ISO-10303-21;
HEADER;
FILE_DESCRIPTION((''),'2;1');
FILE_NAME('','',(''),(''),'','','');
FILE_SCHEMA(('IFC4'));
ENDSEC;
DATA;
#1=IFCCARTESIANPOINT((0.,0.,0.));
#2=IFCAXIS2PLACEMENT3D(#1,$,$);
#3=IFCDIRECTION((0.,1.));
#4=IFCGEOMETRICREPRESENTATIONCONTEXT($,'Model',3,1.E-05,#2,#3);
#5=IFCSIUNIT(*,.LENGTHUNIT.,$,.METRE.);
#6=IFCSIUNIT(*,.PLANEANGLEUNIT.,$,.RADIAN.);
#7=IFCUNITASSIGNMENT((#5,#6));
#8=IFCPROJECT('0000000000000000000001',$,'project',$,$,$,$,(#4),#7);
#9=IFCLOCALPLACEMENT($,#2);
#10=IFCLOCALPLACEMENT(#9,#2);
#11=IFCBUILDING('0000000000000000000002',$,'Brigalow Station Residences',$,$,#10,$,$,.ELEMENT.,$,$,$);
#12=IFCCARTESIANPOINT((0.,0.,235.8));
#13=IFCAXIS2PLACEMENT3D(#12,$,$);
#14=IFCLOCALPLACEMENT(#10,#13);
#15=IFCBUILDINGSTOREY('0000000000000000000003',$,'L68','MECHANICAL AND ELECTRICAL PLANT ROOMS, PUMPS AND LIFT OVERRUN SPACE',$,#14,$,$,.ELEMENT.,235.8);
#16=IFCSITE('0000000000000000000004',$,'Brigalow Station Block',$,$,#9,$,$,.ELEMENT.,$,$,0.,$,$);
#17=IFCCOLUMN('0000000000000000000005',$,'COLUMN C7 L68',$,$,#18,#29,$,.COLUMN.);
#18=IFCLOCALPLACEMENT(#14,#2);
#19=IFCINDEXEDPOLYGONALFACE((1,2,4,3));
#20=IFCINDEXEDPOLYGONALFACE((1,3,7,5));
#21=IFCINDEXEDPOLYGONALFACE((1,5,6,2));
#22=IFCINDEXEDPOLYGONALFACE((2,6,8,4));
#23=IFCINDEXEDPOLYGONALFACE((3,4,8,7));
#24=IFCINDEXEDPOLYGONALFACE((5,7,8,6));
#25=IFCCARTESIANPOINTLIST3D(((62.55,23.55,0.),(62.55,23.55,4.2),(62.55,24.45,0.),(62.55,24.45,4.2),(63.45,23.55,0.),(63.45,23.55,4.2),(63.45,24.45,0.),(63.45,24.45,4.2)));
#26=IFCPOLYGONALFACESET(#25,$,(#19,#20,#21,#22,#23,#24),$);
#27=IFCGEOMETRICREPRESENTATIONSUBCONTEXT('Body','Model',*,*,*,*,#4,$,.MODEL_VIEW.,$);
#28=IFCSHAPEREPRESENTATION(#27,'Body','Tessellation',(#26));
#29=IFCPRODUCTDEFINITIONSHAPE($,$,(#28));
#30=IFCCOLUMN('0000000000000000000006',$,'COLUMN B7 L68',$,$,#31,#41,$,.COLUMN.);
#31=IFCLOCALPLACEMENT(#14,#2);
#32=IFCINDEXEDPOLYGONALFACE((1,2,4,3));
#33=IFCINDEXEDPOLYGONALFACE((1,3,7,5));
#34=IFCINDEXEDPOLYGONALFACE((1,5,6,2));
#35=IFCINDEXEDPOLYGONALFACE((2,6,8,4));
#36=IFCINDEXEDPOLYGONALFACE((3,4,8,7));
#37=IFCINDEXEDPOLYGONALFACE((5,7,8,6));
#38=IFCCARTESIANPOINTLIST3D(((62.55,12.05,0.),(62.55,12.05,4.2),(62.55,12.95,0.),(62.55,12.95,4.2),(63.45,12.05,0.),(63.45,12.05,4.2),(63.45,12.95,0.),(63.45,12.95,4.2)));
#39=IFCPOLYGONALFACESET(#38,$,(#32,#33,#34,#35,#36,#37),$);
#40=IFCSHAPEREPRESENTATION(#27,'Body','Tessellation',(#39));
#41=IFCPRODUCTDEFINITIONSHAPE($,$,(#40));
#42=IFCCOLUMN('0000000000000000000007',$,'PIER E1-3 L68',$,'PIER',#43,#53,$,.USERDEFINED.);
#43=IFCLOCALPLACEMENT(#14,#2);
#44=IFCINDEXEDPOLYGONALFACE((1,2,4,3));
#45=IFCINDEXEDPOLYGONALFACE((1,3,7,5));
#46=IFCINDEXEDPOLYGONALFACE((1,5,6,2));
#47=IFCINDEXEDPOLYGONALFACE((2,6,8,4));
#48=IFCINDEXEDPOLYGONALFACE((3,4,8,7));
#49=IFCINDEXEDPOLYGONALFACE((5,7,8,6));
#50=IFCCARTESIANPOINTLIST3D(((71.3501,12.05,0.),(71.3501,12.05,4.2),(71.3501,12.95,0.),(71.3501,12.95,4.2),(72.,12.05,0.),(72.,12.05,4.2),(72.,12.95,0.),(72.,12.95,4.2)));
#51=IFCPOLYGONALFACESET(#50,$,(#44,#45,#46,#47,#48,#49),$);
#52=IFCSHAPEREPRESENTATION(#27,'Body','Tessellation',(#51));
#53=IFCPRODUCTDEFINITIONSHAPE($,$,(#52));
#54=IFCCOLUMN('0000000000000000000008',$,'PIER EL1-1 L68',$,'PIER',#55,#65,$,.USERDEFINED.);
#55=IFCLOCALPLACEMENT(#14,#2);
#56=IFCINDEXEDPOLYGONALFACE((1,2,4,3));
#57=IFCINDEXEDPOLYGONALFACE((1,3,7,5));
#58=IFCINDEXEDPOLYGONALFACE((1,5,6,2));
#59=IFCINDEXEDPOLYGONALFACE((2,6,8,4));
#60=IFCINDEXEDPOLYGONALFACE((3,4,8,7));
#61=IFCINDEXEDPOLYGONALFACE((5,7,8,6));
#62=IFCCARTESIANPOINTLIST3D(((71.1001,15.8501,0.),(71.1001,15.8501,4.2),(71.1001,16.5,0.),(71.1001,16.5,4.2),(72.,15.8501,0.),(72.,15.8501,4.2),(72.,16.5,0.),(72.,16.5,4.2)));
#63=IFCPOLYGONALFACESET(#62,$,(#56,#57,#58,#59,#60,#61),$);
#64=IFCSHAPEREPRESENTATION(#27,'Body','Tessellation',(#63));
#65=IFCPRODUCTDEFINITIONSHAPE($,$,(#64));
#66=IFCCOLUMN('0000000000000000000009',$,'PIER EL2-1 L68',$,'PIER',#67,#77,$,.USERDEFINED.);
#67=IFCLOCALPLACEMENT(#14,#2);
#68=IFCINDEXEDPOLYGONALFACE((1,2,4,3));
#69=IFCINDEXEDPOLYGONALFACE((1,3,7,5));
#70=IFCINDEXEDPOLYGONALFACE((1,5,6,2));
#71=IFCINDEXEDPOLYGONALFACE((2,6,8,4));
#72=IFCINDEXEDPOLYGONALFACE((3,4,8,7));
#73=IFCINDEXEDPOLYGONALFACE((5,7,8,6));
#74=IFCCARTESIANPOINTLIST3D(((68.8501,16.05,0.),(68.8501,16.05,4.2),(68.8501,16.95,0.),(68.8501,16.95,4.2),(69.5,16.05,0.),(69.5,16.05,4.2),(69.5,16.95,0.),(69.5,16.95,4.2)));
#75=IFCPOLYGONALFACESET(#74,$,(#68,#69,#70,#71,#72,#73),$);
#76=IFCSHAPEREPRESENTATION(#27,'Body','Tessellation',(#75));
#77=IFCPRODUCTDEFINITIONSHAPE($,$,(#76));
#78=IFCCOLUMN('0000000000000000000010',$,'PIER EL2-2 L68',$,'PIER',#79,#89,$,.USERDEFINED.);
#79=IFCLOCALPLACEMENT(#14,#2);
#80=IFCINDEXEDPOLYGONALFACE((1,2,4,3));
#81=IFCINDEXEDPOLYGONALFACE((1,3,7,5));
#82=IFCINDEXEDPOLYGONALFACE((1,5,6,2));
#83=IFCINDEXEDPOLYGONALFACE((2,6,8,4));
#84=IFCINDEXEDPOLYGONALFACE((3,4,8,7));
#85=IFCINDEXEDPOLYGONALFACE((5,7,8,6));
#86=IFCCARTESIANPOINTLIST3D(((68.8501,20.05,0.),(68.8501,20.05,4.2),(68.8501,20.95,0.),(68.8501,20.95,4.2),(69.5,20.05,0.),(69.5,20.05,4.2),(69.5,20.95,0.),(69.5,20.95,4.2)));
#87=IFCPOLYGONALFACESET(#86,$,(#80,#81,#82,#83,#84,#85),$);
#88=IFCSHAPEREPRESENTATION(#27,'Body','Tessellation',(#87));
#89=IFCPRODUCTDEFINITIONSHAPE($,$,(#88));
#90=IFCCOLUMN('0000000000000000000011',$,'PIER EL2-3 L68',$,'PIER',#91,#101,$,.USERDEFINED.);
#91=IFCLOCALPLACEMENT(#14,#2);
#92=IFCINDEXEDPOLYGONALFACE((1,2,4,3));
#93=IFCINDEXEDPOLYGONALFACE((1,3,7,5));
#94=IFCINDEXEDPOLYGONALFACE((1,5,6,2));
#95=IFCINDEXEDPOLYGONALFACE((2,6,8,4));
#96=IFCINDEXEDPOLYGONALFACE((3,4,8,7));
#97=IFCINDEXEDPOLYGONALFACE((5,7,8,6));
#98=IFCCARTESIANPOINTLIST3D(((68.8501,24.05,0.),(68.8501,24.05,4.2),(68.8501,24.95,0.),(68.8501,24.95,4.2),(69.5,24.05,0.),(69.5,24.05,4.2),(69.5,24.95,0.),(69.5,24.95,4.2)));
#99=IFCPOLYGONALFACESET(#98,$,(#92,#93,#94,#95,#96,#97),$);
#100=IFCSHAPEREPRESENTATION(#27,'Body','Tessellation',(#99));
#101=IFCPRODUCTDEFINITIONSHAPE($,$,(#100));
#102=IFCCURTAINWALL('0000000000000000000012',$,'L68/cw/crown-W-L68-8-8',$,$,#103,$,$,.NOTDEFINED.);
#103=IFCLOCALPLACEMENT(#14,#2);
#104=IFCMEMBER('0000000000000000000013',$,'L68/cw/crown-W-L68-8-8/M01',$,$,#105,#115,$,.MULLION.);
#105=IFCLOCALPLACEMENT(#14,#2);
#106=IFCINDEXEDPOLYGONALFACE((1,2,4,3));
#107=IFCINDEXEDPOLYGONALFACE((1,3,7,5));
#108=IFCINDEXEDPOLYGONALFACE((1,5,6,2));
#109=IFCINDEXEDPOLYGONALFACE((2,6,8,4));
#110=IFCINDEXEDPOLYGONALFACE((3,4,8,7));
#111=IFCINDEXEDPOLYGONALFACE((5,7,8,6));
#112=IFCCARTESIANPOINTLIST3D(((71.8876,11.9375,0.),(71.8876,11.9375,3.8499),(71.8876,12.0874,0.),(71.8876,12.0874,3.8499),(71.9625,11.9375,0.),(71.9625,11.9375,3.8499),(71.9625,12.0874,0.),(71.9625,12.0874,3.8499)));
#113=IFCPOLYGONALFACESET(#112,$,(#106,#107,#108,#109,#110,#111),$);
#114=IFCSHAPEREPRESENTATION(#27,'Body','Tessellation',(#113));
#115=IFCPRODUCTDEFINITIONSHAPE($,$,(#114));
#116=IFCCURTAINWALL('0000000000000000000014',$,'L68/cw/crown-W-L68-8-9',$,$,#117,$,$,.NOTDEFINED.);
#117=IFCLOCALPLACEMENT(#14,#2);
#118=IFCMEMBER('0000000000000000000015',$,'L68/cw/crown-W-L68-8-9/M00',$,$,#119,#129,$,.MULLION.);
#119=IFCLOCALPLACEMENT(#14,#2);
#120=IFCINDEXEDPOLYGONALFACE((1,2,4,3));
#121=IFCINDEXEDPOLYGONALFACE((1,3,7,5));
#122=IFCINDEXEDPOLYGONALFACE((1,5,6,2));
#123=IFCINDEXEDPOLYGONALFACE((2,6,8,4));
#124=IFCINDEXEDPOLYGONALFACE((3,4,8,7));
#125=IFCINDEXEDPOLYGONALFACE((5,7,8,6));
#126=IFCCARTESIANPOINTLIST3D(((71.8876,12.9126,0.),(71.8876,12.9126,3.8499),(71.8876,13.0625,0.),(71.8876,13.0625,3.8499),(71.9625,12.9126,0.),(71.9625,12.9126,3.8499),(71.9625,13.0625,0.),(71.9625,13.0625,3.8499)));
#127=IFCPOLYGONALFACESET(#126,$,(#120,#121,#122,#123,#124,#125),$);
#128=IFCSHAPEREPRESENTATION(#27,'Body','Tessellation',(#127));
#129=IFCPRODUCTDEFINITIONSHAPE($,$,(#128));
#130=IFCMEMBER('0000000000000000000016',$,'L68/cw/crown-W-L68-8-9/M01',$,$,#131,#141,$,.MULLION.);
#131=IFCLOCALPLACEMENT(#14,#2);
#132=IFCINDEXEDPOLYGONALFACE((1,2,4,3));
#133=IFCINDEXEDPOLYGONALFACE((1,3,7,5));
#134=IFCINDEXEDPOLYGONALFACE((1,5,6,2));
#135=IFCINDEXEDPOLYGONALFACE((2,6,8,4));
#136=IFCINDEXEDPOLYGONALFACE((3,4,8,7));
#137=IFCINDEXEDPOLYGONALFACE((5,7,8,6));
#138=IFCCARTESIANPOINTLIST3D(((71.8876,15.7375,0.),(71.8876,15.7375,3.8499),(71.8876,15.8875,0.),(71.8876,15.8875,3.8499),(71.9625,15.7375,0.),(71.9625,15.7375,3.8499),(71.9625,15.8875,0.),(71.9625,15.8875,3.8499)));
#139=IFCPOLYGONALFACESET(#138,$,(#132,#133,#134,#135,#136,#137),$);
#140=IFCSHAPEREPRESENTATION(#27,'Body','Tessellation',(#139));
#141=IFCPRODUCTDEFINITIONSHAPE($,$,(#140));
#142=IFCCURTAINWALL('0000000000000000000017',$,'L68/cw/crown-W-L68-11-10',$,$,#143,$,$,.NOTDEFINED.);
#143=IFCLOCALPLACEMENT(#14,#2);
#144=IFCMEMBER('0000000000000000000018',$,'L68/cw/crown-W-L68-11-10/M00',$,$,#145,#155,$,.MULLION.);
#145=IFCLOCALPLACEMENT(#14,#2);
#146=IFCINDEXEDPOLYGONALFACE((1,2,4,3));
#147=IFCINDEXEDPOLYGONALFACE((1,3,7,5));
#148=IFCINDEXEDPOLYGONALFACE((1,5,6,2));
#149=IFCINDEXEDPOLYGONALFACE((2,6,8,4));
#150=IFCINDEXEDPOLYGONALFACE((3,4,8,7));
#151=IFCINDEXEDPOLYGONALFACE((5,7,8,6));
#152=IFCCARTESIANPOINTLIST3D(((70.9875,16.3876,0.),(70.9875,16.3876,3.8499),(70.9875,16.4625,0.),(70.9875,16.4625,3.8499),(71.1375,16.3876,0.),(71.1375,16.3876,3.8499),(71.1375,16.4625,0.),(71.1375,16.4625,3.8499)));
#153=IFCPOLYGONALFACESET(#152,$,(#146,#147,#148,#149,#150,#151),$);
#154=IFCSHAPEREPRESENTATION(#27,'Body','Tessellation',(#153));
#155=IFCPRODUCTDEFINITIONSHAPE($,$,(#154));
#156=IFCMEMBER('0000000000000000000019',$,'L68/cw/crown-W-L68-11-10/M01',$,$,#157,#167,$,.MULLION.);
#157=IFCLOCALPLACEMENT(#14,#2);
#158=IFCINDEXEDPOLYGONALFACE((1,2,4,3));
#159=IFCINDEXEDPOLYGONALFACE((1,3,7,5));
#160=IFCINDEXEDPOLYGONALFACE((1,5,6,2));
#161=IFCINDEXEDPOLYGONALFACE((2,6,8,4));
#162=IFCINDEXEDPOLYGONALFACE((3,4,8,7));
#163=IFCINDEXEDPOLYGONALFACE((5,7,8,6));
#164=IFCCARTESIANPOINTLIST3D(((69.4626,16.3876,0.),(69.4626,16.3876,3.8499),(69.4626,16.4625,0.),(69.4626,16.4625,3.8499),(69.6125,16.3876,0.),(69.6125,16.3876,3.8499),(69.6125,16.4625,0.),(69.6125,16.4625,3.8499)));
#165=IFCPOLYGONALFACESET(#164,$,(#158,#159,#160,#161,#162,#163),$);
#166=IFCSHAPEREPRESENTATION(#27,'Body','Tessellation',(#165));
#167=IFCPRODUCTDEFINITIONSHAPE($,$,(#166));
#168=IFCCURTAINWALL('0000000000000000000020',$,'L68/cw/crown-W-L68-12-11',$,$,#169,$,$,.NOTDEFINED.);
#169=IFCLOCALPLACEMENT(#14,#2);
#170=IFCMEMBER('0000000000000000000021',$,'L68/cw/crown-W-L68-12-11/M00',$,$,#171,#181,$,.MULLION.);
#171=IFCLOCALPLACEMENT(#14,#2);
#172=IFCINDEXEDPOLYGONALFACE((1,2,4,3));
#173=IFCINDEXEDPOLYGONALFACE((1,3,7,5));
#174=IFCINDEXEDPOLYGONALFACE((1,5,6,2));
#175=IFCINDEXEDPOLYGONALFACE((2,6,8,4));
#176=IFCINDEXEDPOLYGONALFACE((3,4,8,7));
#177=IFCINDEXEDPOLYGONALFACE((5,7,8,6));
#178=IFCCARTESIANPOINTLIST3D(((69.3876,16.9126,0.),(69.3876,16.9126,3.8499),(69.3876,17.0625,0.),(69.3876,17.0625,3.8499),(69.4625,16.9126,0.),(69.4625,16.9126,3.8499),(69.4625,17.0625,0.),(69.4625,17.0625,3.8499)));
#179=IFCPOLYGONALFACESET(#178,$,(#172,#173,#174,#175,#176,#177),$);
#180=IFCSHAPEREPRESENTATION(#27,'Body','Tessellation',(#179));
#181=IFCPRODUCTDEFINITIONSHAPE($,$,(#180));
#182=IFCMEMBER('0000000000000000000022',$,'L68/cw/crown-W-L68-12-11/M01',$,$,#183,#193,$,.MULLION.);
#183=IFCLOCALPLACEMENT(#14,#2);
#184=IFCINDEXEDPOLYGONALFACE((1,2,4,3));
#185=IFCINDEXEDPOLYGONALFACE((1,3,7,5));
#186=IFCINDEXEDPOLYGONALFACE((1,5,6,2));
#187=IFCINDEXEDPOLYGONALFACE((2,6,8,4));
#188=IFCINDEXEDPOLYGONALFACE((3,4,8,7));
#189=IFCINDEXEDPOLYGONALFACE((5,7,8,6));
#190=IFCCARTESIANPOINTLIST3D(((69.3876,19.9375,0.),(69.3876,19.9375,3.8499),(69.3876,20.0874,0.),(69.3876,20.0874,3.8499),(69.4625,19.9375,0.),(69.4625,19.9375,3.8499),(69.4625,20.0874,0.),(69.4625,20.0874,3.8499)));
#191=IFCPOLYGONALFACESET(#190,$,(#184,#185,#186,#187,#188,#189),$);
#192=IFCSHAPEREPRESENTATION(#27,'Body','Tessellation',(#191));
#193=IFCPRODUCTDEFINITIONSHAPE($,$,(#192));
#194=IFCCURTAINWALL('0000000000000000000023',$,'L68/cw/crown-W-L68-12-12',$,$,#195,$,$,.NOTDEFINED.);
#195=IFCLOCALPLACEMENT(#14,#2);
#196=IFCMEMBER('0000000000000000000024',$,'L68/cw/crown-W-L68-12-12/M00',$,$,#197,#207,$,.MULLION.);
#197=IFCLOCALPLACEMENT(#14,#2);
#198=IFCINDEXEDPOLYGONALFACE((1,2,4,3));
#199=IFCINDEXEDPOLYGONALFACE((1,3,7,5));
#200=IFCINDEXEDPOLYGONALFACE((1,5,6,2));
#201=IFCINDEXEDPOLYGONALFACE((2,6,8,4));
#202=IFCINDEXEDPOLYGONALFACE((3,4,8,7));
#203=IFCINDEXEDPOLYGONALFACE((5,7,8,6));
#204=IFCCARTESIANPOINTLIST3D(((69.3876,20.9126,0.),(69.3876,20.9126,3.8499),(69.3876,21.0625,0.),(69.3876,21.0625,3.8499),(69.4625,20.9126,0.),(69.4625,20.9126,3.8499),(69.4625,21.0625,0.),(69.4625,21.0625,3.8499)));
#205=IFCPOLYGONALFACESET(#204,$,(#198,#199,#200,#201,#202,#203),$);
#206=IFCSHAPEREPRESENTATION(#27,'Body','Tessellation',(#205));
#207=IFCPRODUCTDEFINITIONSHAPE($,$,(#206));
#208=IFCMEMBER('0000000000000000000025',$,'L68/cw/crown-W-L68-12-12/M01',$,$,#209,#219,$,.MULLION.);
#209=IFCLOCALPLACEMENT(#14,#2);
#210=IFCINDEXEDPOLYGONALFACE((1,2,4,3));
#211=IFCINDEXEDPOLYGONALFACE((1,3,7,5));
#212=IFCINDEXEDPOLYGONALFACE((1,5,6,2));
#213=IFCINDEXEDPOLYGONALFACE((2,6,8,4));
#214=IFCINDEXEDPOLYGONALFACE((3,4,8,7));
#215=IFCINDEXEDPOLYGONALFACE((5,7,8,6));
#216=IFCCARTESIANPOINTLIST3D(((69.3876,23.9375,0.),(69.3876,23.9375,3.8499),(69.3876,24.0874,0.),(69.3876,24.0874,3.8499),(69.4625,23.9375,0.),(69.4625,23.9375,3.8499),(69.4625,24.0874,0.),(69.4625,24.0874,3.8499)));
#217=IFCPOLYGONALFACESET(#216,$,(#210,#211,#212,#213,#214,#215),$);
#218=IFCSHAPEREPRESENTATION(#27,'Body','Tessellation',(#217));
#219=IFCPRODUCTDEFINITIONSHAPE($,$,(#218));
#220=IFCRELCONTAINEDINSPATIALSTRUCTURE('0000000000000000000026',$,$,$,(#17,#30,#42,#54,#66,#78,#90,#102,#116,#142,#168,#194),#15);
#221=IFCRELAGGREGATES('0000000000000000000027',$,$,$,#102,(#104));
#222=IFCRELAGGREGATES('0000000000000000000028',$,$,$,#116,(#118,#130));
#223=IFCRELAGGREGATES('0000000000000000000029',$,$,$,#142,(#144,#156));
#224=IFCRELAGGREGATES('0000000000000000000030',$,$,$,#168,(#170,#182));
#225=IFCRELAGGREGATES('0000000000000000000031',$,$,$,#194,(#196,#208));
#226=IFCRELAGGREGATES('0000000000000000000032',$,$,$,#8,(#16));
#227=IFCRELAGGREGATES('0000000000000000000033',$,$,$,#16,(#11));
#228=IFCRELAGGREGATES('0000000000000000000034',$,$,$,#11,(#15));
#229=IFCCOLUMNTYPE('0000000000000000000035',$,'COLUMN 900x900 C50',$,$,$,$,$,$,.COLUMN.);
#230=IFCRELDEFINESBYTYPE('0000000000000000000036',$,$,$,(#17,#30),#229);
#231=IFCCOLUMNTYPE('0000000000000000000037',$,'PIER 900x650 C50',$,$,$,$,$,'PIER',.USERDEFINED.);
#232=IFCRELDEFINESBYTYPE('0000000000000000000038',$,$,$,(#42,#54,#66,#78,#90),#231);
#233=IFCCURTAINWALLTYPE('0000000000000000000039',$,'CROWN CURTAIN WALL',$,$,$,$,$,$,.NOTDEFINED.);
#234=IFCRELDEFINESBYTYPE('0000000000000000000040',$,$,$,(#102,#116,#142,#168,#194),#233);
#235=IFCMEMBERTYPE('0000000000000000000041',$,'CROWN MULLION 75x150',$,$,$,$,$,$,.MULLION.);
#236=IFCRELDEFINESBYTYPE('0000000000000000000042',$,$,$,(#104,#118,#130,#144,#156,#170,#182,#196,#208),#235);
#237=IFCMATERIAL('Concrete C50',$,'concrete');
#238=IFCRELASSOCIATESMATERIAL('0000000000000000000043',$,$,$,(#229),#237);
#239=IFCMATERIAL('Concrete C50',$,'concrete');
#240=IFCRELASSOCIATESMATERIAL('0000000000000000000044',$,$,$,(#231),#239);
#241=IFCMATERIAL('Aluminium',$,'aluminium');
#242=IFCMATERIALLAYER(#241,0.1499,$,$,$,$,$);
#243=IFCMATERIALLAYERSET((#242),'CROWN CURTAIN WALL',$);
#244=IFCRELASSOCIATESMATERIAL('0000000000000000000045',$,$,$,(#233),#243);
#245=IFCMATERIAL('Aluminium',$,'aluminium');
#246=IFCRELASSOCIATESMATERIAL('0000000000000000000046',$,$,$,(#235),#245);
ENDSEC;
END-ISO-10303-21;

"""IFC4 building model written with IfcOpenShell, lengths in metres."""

from ifc_helpers import new_model, si_unit, direction, frame, origin, origin_2d, place, context, subcontext, project, spatial, rectangle, extrude, material, layer, layer_set, material_profile, profile_set, type_object, element, aggregate, save


model = new_model("IFC4")

# Units and contexts
model_context = context("Model", 3, precision=1e-05, world=origin(), true_north=direction((0.0, 1.0)))
body_context = subcontext(model_context, "Body", "Model", "MODEL_VIEW")
ifc_project = project(units=[si_unit("LENGTHUNIT", "METRE"), si_unit("PLANEANGLEUNIT", "RADIAN")], contexts=[model_context])

# Site, building, storey
site_placement = place(None, origin())
site = spatial("IfcSite", under=ifc_project, at=site_placement, Name="Brigalow Station Block", CompositionType="ELEMENT", RefElevation=0.0)
building_placement = place(site_placement, origin())
building = spatial("IfcBuilding", under=site, at=building_placement, Name="Brigalow Station Residences", CompositionType="ELEMENT")
storey_placement = place(building_placement, frame((0.0, 0.0, 235.8)))
storey = spatial("IfcBuildingStorey", under=building, at=storey_placement, Name="L68", Description="MECHANICAL AND ELECTRICAL PLANT ROOMS, PUMPS AND LIFT OVERRUN SPACE", CompositionType="ELEMENT", Elevation=235.8)

# Columns
ifc_material_1 = material(Name="Concrete C50", Category="concrete")
ifc_material_profile_1 = material_profile(ifc_material_1, rectangle(XDim=0.8999, YDim=0.8999, at=origin_2d()), Name="RC900x900")
ifc_profile_set_1 = profile_set([ifc_material_profile_1], Name="Concrete C50")
column_type_1 = type_object("IfcColumnType", Name="COLUMN 900x900 C50", PredefinedType="COLUMN", material=ifc_profile_set_1)
for number, where, z_axis, x_axis, name in (
    (1, (63.0, 24.0, 0.0), (0.0, 0.0, 1.0), (1.0, 0.0, 0.0), "COLUMN C7 L68"),
    (2, (63.0, 12.5, 0.0), (0.0, 0.0, 1.0), (1.0, 0.0, 0.0), "COLUMN B7 L68"),
):
    element("IfcColumn", number, at=place(storey_placement, frame(where, z_axis=z_axis, x_axis=x_axis)), inside=storey, type_object=column_type_1, Name=name, PredefinedType="COLUMN", context=body_context, shape_type="SweptSolid", body=[
        extrude(rectangle(XDim=0.8999, YDim=0.8999, at=origin_2d()), origin(), (0.0, 0.0, 1.0), 4.2),
    ])
ifc_material_2 = material(Name="Concrete C50", Category="concrete")
ifc_material_profile_2 = material_profile(ifc_material_2, rectangle(XDim=0.8999, YDim=0.6499, at=origin_2d()), Name="RC900x650")
ifc_profile_set_2 = profile_set([ifc_material_profile_2], Name="Concrete C50")
column_type_2 = type_object("IfcColumnType", Name="PIER 900x650 C50", ElementType="PIER", PredefinedType="USERDEFINED", material=ifc_profile_set_2)
for number, where, z_axis, x_axis, name in (
    (3, (71.675, 12.5, 0.0), (0.0, 0.0, 1.0), (0.0, 1.0, 0.0), "PIER E1-3 L68"),
    (4, (71.55, 16.175, 0.0), (0.0, 0.0, 1.0), (-1.0, 0.0, 0.0), "PIER EL1-1 L68"),
    (5, (69.175, 16.5, 0.0), (0.0, 0.0, 1.0), (0.0, 1.0, 0.0), "PIER EL2-1 L68"),
    (6, (69.175, 20.5, 0.0), (0.0, 0.0, 1.0), (0.0, 1.0, 0.0), "PIER EL2-2 L68"),
    (7, (69.175, 24.5, 0.0), (0.0, 0.0, 1.0), (0.0, 1.0, 0.0), "PIER EL2-3 L68"),
):
    element("IfcColumn", number, at=place(storey_placement, frame(where, z_axis=z_axis, x_axis=x_axis)), inside=storey, type_object=column_type_2, Name=name, ObjectType="PIER", PredefinedType="USERDEFINED", context=body_context, shape_type="SweptSolid", body=[
        extrude(rectangle(XDim=0.8999, YDim=0.6499, at=origin_2d()), origin(), (0.0, 0.0, 1.0), 4.2),
    ])

# Curtain wall, member
ifc_material_3 = material(Name="Aluminium", Category="aluminium")
ifc_layer_1 = layer(ifc_material_3, 0.1499)
ifc_layer_set_1 = layer_set([ifc_layer_1], Name="CROWN CURTAIN WALL")
curtain_wall_type = type_object("IfcCurtainWallType", Name="CROWN CURTAIN WALL", PredefinedType="NOTDEFINED", material=ifc_layer_set_1)
curtain_wall_1_placement = place(storey_placement, origin())
curtain_wall_1 = element("IfcCurtainWall", 8, at=curtain_wall_1_placement, inside=storey, type_object=curtain_wall_type, Name="L68/cw/crown-W-L68-8-8", PredefinedType="NOTDEFINED")
ifc_material_4 = material(Name="Aluminium", Category="aluminium")
ifc_material_profile_3 = material_profile(ifc_material_4, rectangle(XDim=0.075, YDim=0.1499, at=origin_2d()), Name="CROWN MULLION 75x150")
ifc_profile_set_3 = profile_set([ifc_material_profile_3], Name="Aluminium")
member_type_1 = type_object("IfcMemberType", Name="CROWN MULLION 75x150", PredefinedType="MULLION", material=ifc_profile_set_3)
member_1_placement = place(storey_placement, frame((71.925, 12.0125, 0.0), z_axis=(0.0, 0.0, 1.0), x_axis=(-1.0, 0.0, 0.0)))
member_1 = element("IfcMember", 9, at=member_1_placement, type_object=member_type_1, Name="L68/cw/crown-W-L68-8-8/M01", PredefinedType="MULLION", context=body_context, shape_type="SweptSolid", body=[
    extrude(rectangle(XDim=0.075, YDim=0.1499, at=origin_2d()), origin(), (0.0, 0.0, 1.0), 3.8499),
])

# Curtain walls, members
curtain_wall_2_placement = place(storey_placement, origin())
curtain_wall_2 = element("IfcCurtainWall", 10, at=curtain_wall_2_placement, inside=storey, type_object=curtain_wall_type, Name="L68/cw/crown-W-L68-8-9", PredefinedType="NOTDEFINED")
member_2_placement = place(storey_placement, frame((71.925, 12.9875, 0.0), z_axis=(0.0, 0.0, 1.0), x_axis=(-1.0, 0.0, 0.0)))
member_2 = element("IfcMember", 11, at=member_2_placement, type_object=member_type_1, Name="L68/cw/crown-W-L68-8-9/M00", PredefinedType="MULLION", context=body_context, shape_type="SweptSolid", body=[
    extrude(rectangle(XDim=0.075, YDim=0.1499, at=origin_2d()), origin(), (0.0, 0.0, 1.0), 3.8499),
])
member_3_placement = place(storey_placement, frame((71.925, 15.8125, 0.0), z_axis=(0.0, 0.0, 1.0), x_axis=(-1.0, 0.0, 0.0)))
member_3 = element("IfcMember", 12, at=member_3_placement, type_object=member_type_1, Name="L68/cw/crown-W-L68-8-9/M01", PredefinedType="MULLION", context=body_context, shape_type="SweptSolid", body=[
    extrude(rectangle(XDim=0.075, YDim=0.1499, at=origin_2d()), origin(), (0.0, 0.0, 1.0), 3.8499),
])
curtain_wall_3_placement = place(storey_placement, origin())
curtain_wall_3 = element("IfcCurtainWall", 13, at=curtain_wall_3_placement, inside=storey, type_object=curtain_wall_type, Name="L68/cw/crown-W-L68-11-10", PredefinedType="NOTDEFINED")
member_4_placement = place(storey_placement, frame((71.0625, 16.425, 0.0), z_axis=(0.0, 0.0, 1.0), x_axis=(0.0, -1.0, 0.0)))
member_4 = element("IfcMember", 14, at=member_4_placement, type_object=member_type_1, Name="L68/cw/crown-W-L68-11-10/M00", PredefinedType="MULLION", context=body_context, shape_type="SweptSolid", body=[
    extrude(rectangle(XDim=0.075, YDim=0.1499, at=origin_2d()), origin(), (0.0, 0.0, 1.0), 3.8499),
])
member_5_placement = place(storey_placement, frame((69.5376, 16.425, 0.0), z_axis=(0.0, 0.0, 1.0), x_axis=(0.0, -1.0, 0.0)))
member_5 = element("IfcMember", 15, at=member_5_placement, type_object=member_type_1, Name="L68/cw/crown-W-L68-11-10/M01", PredefinedType="MULLION", context=body_context, shape_type="SweptSolid", body=[
    extrude(rectangle(XDim=0.075, YDim=0.1499, at=origin_2d()), origin(), (0.0, 0.0, 1.0), 3.8499),
])
curtain_wall_4_placement = place(storey_placement, origin())
curtain_wall_4 = element("IfcCurtainWall", 16, at=curtain_wall_4_placement, inside=storey, type_object=curtain_wall_type, Name="L68/cw/crown-W-L68-12-11", PredefinedType="NOTDEFINED")
member_6_placement = place(storey_placement, frame((69.425, 16.9875, 0.0), z_axis=(0.0, 0.0, 1.0), x_axis=(-1.0, 0.0, 0.0)))
member_6 = element("IfcMember", 17, at=member_6_placement, type_object=member_type_1, Name="L68/cw/crown-W-L68-12-11/M00", PredefinedType="MULLION", context=body_context, shape_type="SweptSolid", body=[
    extrude(rectangle(XDim=0.075, YDim=0.1499, at=origin_2d()), origin(), (0.0, 0.0, 1.0), 3.8499),
])
member_7_placement = place(storey_placement, frame((69.425, 20.0125, 0.0), z_axis=(0.0, 0.0, 1.0), x_axis=(-1.0, 0.0, 0.0)))
member_7 = element("IfcMember", 18, at=member_7_placement, type_object=member_type_1, Name="L68/cw/crown-W-L68-12-11/M01", PredefinedType="MULLION", context=body_context, shape_type="SweptSolid", body=[
    extrude(rectangle(XDim=0.075, YDim=0.1499, at=origin_2d()), origin(), (0.0, 0.0, 1.0), 3.8499),
])
curtain_wall_5_placement = place(storey_placement, origin())
curtain_wall_5 = element("IfcCurtainWall", 19, at=curtain_wall_5_placement, inside=storey, type_object=curtain_wall_type, Name="L68/cw/crown-W-L68-12-12", PredefinedType="NOTDEFINED")
member_8_placement = place(storey_placement, frame((69.425, 20.9875, 0.0), z_axis=(0.0, 0.0, 1.0), x_axis=(-1.0, 0.0, 0.0)))
member_8 = element("IfcMember", 20, at=member_8_placement, type_object=member_type_1, Name="L68/cw/crown-W-L68-12-12/M00", PredefinedType="MULLION", context=body_context, shape_type="SweptSolid", body=[
    extrude(rectangle(XDim=0.075, YDim=0.1499, at=origin_2d()), origin(), (0.0, 0.0, 1.0), 3.8499),
])
member_9_placement = place(storey_placement, frame((69.425, 24.0125, 0.0), z_axis=(0.0, 0.0, 1.0), x_axis=(-1.0, 0.0, 0.0)))
member_9 = element("IfcMember", 21, at=member_9_placement, type_object=member_type_1, Name="L68/cw/crown-W-L68-12-12/M01", PredefinedType="MULLION", context=body_context, shape_type="SweptSolid", body=[
    extrude(rectangle(XDim=0.075, YDim=0.1499, at=origin_2d()), origin(), (0.0, 0.0, 1.0), 3.8499),
])

aggregate(curtain_wall_1, [member_1])
aggregate(curtain_wall_2, [member_2, member_3])
aggregate(curtain_wall_3, [member_4, member_5])
aggregate(curtain_wall_4, [member_6, member_7])
aggregate(curtain_wall_5, [member_8, member_9])

save(model, "model.ifc")
